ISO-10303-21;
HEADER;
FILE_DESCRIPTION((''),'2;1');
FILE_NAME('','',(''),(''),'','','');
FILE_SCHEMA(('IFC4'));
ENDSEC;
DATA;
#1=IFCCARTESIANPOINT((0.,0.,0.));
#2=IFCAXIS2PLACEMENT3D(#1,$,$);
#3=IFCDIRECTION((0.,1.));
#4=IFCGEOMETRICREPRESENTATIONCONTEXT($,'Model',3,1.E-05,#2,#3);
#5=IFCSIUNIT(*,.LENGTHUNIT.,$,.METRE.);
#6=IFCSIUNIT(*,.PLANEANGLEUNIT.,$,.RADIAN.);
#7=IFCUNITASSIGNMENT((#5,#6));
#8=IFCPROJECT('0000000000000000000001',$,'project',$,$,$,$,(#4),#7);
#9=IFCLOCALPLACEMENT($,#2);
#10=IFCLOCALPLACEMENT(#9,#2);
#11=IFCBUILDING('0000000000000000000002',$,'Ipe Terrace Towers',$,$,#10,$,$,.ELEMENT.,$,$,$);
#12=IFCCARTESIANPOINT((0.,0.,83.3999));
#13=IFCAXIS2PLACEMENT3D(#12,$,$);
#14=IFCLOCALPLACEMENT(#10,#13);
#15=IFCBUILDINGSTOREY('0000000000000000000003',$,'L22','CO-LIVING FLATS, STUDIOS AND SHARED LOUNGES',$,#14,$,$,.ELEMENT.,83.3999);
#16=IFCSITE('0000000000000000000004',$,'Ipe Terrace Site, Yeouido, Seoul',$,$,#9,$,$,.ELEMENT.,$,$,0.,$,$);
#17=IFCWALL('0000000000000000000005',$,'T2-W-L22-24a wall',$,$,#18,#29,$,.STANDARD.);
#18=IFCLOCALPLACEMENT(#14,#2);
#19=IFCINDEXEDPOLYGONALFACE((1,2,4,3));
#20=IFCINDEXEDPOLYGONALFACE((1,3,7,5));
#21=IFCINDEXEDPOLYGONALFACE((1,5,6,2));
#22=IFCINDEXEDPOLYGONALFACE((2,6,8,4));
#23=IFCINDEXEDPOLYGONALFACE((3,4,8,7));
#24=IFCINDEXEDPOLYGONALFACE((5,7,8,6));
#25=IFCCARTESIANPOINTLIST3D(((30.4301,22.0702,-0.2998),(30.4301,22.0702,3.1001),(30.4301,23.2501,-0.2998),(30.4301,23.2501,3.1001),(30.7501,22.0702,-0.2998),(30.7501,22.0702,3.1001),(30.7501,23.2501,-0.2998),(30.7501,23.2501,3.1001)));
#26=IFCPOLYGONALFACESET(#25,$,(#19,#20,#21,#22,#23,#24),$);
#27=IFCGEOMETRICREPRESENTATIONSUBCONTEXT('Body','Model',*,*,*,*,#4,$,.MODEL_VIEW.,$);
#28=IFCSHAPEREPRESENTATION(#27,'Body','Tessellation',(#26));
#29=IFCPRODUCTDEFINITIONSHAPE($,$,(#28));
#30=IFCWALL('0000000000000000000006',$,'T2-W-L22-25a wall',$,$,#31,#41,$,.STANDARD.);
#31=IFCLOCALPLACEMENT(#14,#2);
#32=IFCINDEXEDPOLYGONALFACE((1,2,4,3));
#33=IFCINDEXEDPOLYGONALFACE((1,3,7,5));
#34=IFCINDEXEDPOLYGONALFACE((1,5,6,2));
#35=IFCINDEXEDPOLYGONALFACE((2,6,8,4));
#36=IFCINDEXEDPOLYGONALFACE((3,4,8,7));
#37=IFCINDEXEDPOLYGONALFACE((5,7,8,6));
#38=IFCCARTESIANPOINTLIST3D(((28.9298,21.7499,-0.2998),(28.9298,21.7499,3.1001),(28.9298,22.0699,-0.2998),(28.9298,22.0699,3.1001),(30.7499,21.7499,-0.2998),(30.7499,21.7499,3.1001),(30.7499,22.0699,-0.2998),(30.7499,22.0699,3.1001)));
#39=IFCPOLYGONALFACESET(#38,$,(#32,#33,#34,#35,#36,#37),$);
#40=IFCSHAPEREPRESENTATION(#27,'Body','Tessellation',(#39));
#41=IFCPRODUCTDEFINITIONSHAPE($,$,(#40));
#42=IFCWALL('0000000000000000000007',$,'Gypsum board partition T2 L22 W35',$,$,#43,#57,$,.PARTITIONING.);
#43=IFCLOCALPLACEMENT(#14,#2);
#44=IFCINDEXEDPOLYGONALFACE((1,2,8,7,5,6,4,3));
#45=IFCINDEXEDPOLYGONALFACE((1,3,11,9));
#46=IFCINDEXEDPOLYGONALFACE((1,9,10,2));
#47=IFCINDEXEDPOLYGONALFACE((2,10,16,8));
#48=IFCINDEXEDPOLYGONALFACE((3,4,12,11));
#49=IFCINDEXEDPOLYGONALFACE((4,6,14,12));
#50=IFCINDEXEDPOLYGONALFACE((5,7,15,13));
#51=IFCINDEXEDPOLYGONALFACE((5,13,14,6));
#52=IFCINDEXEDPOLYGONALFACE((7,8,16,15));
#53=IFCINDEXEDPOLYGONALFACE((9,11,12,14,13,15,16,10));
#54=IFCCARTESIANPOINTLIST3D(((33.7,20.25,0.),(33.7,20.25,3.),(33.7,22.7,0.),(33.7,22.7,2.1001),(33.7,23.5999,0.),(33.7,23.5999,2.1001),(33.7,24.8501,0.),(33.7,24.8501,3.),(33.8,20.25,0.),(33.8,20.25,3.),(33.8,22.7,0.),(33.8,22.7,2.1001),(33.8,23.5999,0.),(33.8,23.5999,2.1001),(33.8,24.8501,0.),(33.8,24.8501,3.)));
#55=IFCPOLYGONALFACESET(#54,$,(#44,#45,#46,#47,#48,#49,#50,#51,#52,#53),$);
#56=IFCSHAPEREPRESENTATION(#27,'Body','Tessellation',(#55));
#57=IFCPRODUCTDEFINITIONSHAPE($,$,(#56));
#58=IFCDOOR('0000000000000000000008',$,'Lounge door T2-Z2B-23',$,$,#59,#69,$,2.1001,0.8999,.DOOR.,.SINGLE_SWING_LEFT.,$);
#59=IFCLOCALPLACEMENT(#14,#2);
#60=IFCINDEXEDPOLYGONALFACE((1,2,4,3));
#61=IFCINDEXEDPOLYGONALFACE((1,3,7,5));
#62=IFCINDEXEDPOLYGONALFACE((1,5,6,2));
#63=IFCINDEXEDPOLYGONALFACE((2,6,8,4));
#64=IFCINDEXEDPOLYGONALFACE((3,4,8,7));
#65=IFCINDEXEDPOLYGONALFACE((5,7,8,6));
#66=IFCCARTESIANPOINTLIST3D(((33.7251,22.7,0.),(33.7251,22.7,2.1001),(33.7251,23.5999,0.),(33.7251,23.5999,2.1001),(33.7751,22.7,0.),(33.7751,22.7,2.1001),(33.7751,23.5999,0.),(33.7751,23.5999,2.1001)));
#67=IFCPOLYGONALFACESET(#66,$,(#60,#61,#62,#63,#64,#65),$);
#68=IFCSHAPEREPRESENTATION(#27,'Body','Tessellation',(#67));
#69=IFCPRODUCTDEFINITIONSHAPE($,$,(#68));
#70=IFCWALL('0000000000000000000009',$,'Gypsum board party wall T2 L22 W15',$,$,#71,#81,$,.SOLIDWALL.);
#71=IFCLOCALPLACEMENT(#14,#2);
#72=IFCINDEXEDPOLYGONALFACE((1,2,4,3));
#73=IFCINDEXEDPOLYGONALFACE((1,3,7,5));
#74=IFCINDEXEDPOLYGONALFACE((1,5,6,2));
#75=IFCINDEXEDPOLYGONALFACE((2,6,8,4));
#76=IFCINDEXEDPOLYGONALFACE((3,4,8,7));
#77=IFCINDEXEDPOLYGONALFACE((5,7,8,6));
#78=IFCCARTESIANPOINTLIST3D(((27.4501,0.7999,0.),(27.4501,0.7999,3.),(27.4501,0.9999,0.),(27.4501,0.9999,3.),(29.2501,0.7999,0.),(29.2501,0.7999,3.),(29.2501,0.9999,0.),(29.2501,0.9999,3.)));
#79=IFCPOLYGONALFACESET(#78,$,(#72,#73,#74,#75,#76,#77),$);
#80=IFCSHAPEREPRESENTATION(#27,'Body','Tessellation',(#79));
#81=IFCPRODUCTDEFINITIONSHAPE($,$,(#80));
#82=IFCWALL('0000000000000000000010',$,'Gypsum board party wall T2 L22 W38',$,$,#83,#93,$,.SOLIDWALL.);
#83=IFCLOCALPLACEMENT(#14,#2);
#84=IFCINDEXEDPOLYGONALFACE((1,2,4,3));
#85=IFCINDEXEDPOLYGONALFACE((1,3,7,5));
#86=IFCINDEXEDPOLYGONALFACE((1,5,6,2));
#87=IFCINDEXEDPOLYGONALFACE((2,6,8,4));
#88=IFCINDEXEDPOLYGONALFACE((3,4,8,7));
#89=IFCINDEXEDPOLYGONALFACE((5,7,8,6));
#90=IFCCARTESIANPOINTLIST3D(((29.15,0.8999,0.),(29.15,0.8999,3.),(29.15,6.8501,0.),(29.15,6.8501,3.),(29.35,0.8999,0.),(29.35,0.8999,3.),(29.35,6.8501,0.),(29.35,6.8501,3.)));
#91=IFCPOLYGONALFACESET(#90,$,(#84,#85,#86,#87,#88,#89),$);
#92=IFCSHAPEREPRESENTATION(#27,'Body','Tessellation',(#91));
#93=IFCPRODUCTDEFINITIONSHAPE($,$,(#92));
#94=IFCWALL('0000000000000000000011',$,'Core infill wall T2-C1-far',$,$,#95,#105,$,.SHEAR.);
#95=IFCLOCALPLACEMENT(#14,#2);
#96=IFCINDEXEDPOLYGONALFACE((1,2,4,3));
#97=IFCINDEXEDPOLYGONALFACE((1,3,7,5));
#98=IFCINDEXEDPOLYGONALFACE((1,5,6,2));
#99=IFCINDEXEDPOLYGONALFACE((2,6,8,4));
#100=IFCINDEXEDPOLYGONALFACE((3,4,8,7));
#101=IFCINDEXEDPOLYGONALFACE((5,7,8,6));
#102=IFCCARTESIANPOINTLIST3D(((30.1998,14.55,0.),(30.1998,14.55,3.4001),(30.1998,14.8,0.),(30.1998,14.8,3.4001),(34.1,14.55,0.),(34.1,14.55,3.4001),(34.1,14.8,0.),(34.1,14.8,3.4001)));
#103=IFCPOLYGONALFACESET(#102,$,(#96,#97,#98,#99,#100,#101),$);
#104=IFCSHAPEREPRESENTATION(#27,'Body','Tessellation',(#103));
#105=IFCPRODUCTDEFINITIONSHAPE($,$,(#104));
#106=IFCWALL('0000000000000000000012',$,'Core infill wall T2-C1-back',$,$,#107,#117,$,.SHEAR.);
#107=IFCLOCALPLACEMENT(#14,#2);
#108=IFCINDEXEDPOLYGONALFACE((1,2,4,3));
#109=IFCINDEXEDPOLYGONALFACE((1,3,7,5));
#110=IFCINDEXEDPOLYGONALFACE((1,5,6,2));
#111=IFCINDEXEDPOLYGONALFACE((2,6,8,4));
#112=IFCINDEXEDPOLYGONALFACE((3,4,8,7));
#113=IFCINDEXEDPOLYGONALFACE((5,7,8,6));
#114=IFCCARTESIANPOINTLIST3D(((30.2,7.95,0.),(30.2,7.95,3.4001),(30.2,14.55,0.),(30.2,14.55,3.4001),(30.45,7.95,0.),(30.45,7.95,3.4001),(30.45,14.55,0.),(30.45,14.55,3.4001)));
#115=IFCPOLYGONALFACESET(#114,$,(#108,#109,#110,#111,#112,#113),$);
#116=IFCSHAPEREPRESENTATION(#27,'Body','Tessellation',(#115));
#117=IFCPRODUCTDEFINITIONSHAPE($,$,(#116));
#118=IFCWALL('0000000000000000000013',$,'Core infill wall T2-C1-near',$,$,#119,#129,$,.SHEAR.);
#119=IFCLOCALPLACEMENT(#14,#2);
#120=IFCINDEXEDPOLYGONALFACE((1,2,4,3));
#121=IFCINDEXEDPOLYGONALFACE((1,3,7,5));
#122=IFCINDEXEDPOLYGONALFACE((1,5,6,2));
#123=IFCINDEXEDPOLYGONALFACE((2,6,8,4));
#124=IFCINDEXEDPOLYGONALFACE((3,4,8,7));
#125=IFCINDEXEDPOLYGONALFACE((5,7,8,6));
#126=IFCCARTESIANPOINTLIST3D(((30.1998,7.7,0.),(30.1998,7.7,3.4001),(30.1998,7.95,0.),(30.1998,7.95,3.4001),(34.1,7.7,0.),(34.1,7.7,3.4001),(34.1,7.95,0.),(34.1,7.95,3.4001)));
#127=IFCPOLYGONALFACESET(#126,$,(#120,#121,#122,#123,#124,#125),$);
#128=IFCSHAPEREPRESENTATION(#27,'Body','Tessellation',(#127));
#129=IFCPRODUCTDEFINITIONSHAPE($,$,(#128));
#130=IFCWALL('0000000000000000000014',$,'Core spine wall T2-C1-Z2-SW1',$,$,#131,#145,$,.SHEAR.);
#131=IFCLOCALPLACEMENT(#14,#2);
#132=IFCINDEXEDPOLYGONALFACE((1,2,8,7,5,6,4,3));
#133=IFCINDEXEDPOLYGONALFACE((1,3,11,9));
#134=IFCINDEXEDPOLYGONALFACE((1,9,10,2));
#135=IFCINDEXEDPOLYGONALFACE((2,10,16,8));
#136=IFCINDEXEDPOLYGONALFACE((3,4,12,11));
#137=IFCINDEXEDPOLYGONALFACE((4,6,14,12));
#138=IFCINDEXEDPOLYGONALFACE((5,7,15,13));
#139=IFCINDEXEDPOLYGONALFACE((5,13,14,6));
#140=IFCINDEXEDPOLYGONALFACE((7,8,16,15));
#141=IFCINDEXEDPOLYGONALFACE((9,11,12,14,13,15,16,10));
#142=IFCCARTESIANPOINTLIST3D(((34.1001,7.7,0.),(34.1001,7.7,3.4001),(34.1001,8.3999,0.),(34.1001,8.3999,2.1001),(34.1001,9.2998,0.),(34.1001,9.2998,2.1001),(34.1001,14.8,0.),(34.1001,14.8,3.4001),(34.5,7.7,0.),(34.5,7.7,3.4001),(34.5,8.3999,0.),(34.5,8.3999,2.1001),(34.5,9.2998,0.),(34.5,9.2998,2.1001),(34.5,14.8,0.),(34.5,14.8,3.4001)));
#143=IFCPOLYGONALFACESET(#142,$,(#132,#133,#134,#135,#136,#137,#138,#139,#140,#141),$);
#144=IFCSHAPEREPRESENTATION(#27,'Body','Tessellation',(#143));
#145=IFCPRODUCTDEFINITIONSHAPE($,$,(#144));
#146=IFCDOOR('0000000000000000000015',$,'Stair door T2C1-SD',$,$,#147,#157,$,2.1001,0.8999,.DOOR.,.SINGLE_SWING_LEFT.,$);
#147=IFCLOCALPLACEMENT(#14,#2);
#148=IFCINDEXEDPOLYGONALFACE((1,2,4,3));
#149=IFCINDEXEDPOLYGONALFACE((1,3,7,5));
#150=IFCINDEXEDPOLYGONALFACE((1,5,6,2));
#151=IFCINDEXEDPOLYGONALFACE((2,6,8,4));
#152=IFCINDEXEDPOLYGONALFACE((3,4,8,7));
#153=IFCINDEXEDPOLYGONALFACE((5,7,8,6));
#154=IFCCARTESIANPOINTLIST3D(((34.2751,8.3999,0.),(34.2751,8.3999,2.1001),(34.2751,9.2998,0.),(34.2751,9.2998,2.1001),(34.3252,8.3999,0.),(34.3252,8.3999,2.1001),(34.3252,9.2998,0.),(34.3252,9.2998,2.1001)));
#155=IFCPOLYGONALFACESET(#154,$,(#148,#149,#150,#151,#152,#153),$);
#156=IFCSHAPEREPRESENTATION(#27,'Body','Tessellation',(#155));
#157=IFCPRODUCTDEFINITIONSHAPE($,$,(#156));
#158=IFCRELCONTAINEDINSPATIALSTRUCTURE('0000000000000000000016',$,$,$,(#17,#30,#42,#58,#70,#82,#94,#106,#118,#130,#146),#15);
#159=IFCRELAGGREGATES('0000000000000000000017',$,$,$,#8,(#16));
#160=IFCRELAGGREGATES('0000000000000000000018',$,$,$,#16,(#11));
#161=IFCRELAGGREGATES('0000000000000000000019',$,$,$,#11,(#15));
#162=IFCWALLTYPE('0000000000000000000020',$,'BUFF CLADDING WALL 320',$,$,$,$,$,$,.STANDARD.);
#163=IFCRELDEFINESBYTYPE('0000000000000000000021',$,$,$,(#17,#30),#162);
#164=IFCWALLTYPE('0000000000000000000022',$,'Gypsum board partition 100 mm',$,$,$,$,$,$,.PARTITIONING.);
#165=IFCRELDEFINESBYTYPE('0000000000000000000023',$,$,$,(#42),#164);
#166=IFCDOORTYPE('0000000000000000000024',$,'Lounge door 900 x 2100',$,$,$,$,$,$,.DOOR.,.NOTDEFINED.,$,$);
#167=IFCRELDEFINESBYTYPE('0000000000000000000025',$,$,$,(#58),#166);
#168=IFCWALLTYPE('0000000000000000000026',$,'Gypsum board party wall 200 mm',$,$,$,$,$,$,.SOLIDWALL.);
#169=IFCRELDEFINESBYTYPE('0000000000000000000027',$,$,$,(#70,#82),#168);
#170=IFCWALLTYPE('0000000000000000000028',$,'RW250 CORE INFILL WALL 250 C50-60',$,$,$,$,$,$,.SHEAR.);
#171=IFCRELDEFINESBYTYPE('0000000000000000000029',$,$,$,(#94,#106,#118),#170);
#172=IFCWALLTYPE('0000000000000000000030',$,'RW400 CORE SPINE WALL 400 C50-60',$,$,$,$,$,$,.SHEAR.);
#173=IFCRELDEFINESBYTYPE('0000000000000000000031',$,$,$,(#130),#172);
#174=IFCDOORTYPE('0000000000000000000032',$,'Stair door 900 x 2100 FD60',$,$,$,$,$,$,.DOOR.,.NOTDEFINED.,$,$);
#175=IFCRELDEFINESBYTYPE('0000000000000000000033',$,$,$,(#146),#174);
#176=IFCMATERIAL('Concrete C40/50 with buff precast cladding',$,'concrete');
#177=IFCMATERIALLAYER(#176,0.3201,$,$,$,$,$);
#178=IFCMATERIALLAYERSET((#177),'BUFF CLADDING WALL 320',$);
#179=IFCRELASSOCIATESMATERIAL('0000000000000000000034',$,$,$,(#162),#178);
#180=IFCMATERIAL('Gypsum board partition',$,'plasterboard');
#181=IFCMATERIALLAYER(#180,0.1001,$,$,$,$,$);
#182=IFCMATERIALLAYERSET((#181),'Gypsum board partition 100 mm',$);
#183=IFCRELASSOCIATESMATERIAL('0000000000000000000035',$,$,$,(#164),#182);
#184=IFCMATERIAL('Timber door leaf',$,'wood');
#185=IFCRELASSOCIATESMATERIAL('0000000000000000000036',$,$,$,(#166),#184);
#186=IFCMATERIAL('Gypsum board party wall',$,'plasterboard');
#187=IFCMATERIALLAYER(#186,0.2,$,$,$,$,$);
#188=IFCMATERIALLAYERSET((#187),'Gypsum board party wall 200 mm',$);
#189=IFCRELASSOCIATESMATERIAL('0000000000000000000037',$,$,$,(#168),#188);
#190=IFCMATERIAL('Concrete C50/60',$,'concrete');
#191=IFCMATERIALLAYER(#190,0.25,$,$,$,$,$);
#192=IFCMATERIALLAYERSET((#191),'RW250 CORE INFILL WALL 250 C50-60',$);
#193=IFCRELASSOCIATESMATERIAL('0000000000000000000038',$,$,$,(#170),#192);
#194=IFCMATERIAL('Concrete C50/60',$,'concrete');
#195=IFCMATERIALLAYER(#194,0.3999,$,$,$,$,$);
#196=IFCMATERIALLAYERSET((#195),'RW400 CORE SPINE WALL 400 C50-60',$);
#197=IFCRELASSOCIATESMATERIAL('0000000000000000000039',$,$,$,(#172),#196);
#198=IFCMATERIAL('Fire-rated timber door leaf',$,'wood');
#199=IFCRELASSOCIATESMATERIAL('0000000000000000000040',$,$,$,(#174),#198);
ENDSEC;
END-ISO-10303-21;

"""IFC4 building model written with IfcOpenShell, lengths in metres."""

from ifc_helpers import new_model, si_unit, direction, frame, frame_2d, origin, place, context, subcontext, project, spatial, rectangle, extrude, material, layer, layer_set, type_object, element, fill, save


model = new_model("IFC4")

# Units and contexts
model_context = context("Model", 3, precision=1e-05, world=origin(), true_north=direction((0.0, 1.0)))
body_context = subcontext(model_context, "Body", "Model", "MODEL_VIEW")
ifc_project = project(units=[si_unit("LENGTHUNIT", "METRE"), si_unit("PLANEANGLEUNIT", "RADIAN")], contexts=[model_context])

# Site, building, storey
site_placement = place(None, origin())
site = spatial("IfcSite", under=ifc_project, at=site_placement, Name="Ipe Terrace Site, Yeouido, Seoul", CompositionType="ELEMENT", RefElevation=0.0)
building_placement = place(site_placement, origin())
building = spatial("IfcBuilding", under=site, at=building_placement, Name="Ipe Terrace Towers", CompositionType="ELEMENT")
storey_placement = place(building_placement, frame((0.0, 0.0, 83.3999)))
storey = spatial("IfcBuildingStorey", under=building, at=storey_placement, Name="L22", Description="CO-LIVING FLATS, STUDIOS AND SHARED LOUNGES", CompositionType="ELEMENT", Elevation=83.3999)

# Walls
ifc_material_1 = material(Name="Concrete C40/50 with buff precast cladding", Category="concrete")
ifc_layer_1 = layer(ifc_material_1, 0.3201)
ifc_layer_set_1 = layer_set([ifc_layer_1], Name="BUFF CLADDING WALL 320")
wall_type_1 = type_object("IfcWallType", Name="BUFF CLADDING WALL 320", PredefinedType="STANDARD", material=ifc_layer_set_1)
wall_1_placement = place(storey_placement, frame((30.5901, 23.25, -0.2998), z_axis=(0.0, 0.0, 1.0), x_axis=(0.0, -1.0, 0.0)))
element("IfcWall", 1, at=wall_1_placement, inside=storey, type_object=wall_type_1, Name="T2-W-L22-24a wall", PredefinedType="STANDARD", context=body_context, shape_type="SweptSolid", body=[
    extrude(rectangle(XDim=1.1799, YDim=0.3201, at=frame_2d((0.5898, 0.0))), origin(), (0.0, 0.0, 1.0), 3.3999),
])
wall_2_placement = place(storey_placement, frame((30.75, 21.9099, -0.2998), z_axis=(0.0, 0.0, 1.0), x_axis=(-1.0, 0.0, 0.0)))
element("IfcWall", 2, at=wall_2_placement, inside=storey, type_object=wall_type_1, Name="T2-W-L22-25a wall", PredefinedType="STANDARD", context=body_context, shape_type="SweptSolid", body=[
    extrude(rectangle(XDim=1.8201, YDim=0.3201, at=frame_2d((0.9102, 0.0))), origin(), (0.0, 0.0, 1.0), 3.3999),
])

# Wall, opening, door
ifc_material_2 = material(Name="Gypsum board partition", Category="plasterboard")
ifc_layer_2 = layer(ifc_material_2, 0.1001)
ifc_layer_set_2 = layer_set([ifc_layer_2], Name="Gypsum board partition 100 mm")
wall_type_2 = type_object("IfcWallType", Name="Gypsum board partition 100 mm", PredefinedType="PARTITIONING", material=ifc_layer_set_2)
wall_3_placement = place(storey_placement, frame((33.75, 20.25, 0.0), z_axis=(0.0, 0.0, 1.0), x_axis=(0.0, 1.0, 0.0)))
wall_3 = element("IfcWall", 3, at=wall_3_placement, inside=storey, type_object=wall_type_2, Name="Gypsum board partition T2 L22 W35", PredefinedType="PARTITIONING", context=body_context, shape_type="SweptSolid", body=[
    extrude(rectangle(XDim=4.6001, YDim=0.1001, at=frame_2d((2.3, 0.0))), origin(), (0.0, 0.0, 1.0), 3.0),
])
opening_1_placement = place(wall_3_placement, frame((2.45, 0.0, 0.0)))
opening_1 = element("IfcOpeningElement", 4, at=opening_1_placement, cuts=wall_3, PredefinedType="OPENING", context=body_context, shape_type="SweptSolid", body=[
    extrude(rectangle(XDim=0.8999, YDim=2.1001, at=frame_2d((0.45, 1.05))), frame((0.0, 0.0601, 0.0), z_axis=(0.0, -1.0, 0.0), x_axis=(1.0, 0.0, 0.0)), (0.0, 0.0, 1.0), 0.1201),
])
ifc_material_3 = material(Name="Timber door leaf", Category="wood")
door_type_1 = type_object("IfcDoorType", Name="Lounge door 900 x 2100", OperationType="NOTDEFINED", PredefinedType="DOOR", material=ifc_material_3)
door_1_placement = place(opening_1_placement, origin())
door_1 = element("IfcDoor", 5, at=door_1_placement, inside=storey, type_object=door_type_1, Name="Lounge door T2-Z2B-23", OperationType="SINGLE_SWING_LEFT", OverallHeight=2.1001, OverallWidth=0.8999, PredefinedType="DOOR", context=body_context, shape_type="SweptSolid", body=[
    extrude(rectangle(XDim=0.8999, YDim=2.1001, at=frame_2d((0.45, 1.05))), frame((0.0, 0.0249, 0.0), z_axis=(0.0, -1.0, 0.0), x_axis=(1.0, 0.0, 0.0)), (0.0, 0.0, 1.0), 0.05),
])
fill(opening_1, door_1)

# Walls
ifc_material_4 = material(Name="Gypsum board party wall", Category="plasterboard")
ifc_layer_3 = layer(ifc_material_4, 0.2)
ifc_layer_set_3 = layer_set([ifc_layer_3], Name="Gypsum board party wall 200 mm")
wall_type_3 = type_object("IfcWallType", Name="Gypsum board party wall 200 mm", PredefinedType="SOLIDWALL", material=ifc_layer_set_3)
wall_4_placement = place(storey_placement, frame((29.25, 0.8999, 0.0), z_axis=(0.0, 0.0, 1.0), x_axis=(-1.0, 0.0, 0.0)))
element("IfcWall", 6, at=wall_4_placement, inside=storey, type_object=wall_type_3, Name="Gypsum board party wall T2 L22 W15", PredefinedType="SOLIDWALL", context=body_context, shape_type="SweptSolid", body=[
    extrude(rectangle(XDim=1.8, YDim=0.2, at=frame_2d((0.8999, 0.0))), origin(), (0.0, 0.0, 1.0), 3.0),
])
wall_5_placement = place(storey_placement, frame((29.25, 0.8999, 0.0), z_axis=(0.0, 0.0, 1.0), x_axis=(0.0, 1.0, 0.0)))
element("IfcWall", 7, at=wall_5_placement, inside=storey, type_object=wall_type_3, Name="Gypsum board party wall T2 L22 W38", PredefinedType="SOLIDWALL", context=body_context, shape_type="SweptSolid", body=[
    extrude(rectangle(XDim=5.9502, YDim=0.2, at=frame_2d((2.9751, 0.0))), origin(), (0.0, 0.0, 1.0), 3.0),
])
ifc_material_5 = material(Name="Concrete C50/60", Category="concrete")
ifc_layer_4 = layer(ifc_material_5, 0.25)
ifc_layer_set_4 = layer_set([ifc_layer_4], Name="RW250 CORE INFILL WALL 250 C50-60")
wall_type_4 = type_object("IfcWallType", Name="RW250 CORE INFILL WALL 250 C50-60", PredefinedType="SHEAR", material=ifc_layer_set_4)
wall_6_placement = place(storey_placement, frame((34.1001, 14.675, 0.0), z_axis=(0.0, 0.0, 1.0), x_axis=(-1.0, 0.0, 0.0)))
element("IfcWall", 8, at=wall_6_placement, inside=storey, type_object=wall_type_4, Name="Core infill wall T2-C1-far", PredefinedType="SHEAR", context=body_context, shape_type="SweptSolid", body=[
    extrude(rectangle(XDim=3.9001, YDim=0.25, at=frame_2d((1.9502, 0.0))), origin(), (0.0, 0.0, 1.0), 3.4001),
])
wall_7_placement = place(storey_placement, frame((30.325, 7.95, 0.0), z_axis=(0.0, 0.0, 1.0), x_axis=(0.0, 1.0, 0.0)))
element("IfcWall", 9, at=wall_7_placement, inside=storey, type_object=wall_type_4, Name="Core infill wall T2-C1-back", PredefinedType="SHEAR", context=body_context, shape_type="SweptSolid", body=[
    extrude(rectangle(XDim=6.6001, YDim=0.25, at=frame_2d((3.3, 0.0))), origin(), (0.0, 0.0, 1.0), 3.4001),
])
wall_8_placement = place(storey_placement, frame((34.1001, 7.825, 0.0), z_axis=(0.0, 0.0, 1.0), x_axis=(-1.0, 0.0, 0.0)))
element("IfcWall", 10, at=wall_8_placement, inside=storey, type_object=wall_type_4, Name="Core infill wall T2-C1-near", PredefinedType="SHEAR", context=body_context, shape_type="SweptSolid", body=[
    extrude(rectangle(XDim=3.9001, YDim=0.25, at=frame_2d((1.9502, 0.0))), origin(), (0.0, 0.0, 1.0), 3.4001),
])

# Wall, opening, door
ifc_material_6 = material(Name="Concrete C50/60", Category="concrete")
ifc_layer_5 = layer(ifc_material_6, 0.3999)
ifc_layer_set_5 = layer_set([ifc_layer_5], Name="RW400 CORE SPINE WALL 400 C50-60")
wall_type_5 = type_object("IfcWallType", Name="RW400 CORE SPINE WALL 400 C50-60", PredefinedType="SHEAR", material=ifc_layer_set_5)
wall_9_placement = place(storey_placement, frame((34.3, 7.7, 0.0), z_axis=(0.0, 0.0, 1.0), x_axis=(0.0, 1.0, 0.0)))
wall_9 = element("IfcWall", 11, at=wall_9_placement, inside=storey, type_object=wall_type_5, Name="Core spine wall T2-C1-Z2-SW1", PredefinedType="SHEAR", context=body_context, shape_type="SweptSolid", body=[
    extrude(rectangle(XDim=7.1001, YDim=0.3999, at=frame_2d((3.55, 0.0))), origin(), (0.0, 0.0, 1.0), 3.4001),
])
opening_2_placement = place(wall_9_placement, frame((0.7, 0.0, 0.0)))
opening_2 = element("IfcOpeningElement", 12, at=opening_2_placement, cuts=wall_9, PredefinedType="OPENING", context=body_context, shape_type="SweptSolid", body=[
    extrude(rectangle(XDim=0.8999, YDim=2.1001, at=frame_2d((0.45, 1.05))), frame((0.0, 0.21, 0.0), z_axis=(0.0, -1.0, 0.0), x_axis=(1.0, 0.0, 0.0)), (0.0, 0.0, 1.0), 0.4199),
])
ifc_material_7 = material(Name="Fire-rated timber door leaf", Category="wood")
door_type_2 = type_object("IfcDoorType", Name="Stair door 900 x 2100 FD60", OperationType="NOTDEFINED", PredefinedType="DOOR", material=ifc_material_7)
door_2_placement = place(opening_2_placement, origin())
door_2 = element("IfcDoor", 13, at=door_2_placement, inside=storey, type_object=door_type_2, Name="Stair door T2C1-SD", OperationType="SINGLE_SWING_LEFT", OverallHeight=2.1001, OverallWidth=0.8999, PredefinedType="DOOR", context=body_context, shape_type="SweptSolid", body=[
    extrude(rectangle(XDim=0.8999, YDim=2.1001, at=frame_2d((0.45, 1.05))), frame((0.0, 0.0249, 0.0), z_axis=(0.0, -1.0, 0.0), x_axis=(1.0, 0.0, 0.0)), (0.0, 0.0, 1.0), 0.05),
])
fill(opening_2, door_2)

save(model, "model.ifc")
